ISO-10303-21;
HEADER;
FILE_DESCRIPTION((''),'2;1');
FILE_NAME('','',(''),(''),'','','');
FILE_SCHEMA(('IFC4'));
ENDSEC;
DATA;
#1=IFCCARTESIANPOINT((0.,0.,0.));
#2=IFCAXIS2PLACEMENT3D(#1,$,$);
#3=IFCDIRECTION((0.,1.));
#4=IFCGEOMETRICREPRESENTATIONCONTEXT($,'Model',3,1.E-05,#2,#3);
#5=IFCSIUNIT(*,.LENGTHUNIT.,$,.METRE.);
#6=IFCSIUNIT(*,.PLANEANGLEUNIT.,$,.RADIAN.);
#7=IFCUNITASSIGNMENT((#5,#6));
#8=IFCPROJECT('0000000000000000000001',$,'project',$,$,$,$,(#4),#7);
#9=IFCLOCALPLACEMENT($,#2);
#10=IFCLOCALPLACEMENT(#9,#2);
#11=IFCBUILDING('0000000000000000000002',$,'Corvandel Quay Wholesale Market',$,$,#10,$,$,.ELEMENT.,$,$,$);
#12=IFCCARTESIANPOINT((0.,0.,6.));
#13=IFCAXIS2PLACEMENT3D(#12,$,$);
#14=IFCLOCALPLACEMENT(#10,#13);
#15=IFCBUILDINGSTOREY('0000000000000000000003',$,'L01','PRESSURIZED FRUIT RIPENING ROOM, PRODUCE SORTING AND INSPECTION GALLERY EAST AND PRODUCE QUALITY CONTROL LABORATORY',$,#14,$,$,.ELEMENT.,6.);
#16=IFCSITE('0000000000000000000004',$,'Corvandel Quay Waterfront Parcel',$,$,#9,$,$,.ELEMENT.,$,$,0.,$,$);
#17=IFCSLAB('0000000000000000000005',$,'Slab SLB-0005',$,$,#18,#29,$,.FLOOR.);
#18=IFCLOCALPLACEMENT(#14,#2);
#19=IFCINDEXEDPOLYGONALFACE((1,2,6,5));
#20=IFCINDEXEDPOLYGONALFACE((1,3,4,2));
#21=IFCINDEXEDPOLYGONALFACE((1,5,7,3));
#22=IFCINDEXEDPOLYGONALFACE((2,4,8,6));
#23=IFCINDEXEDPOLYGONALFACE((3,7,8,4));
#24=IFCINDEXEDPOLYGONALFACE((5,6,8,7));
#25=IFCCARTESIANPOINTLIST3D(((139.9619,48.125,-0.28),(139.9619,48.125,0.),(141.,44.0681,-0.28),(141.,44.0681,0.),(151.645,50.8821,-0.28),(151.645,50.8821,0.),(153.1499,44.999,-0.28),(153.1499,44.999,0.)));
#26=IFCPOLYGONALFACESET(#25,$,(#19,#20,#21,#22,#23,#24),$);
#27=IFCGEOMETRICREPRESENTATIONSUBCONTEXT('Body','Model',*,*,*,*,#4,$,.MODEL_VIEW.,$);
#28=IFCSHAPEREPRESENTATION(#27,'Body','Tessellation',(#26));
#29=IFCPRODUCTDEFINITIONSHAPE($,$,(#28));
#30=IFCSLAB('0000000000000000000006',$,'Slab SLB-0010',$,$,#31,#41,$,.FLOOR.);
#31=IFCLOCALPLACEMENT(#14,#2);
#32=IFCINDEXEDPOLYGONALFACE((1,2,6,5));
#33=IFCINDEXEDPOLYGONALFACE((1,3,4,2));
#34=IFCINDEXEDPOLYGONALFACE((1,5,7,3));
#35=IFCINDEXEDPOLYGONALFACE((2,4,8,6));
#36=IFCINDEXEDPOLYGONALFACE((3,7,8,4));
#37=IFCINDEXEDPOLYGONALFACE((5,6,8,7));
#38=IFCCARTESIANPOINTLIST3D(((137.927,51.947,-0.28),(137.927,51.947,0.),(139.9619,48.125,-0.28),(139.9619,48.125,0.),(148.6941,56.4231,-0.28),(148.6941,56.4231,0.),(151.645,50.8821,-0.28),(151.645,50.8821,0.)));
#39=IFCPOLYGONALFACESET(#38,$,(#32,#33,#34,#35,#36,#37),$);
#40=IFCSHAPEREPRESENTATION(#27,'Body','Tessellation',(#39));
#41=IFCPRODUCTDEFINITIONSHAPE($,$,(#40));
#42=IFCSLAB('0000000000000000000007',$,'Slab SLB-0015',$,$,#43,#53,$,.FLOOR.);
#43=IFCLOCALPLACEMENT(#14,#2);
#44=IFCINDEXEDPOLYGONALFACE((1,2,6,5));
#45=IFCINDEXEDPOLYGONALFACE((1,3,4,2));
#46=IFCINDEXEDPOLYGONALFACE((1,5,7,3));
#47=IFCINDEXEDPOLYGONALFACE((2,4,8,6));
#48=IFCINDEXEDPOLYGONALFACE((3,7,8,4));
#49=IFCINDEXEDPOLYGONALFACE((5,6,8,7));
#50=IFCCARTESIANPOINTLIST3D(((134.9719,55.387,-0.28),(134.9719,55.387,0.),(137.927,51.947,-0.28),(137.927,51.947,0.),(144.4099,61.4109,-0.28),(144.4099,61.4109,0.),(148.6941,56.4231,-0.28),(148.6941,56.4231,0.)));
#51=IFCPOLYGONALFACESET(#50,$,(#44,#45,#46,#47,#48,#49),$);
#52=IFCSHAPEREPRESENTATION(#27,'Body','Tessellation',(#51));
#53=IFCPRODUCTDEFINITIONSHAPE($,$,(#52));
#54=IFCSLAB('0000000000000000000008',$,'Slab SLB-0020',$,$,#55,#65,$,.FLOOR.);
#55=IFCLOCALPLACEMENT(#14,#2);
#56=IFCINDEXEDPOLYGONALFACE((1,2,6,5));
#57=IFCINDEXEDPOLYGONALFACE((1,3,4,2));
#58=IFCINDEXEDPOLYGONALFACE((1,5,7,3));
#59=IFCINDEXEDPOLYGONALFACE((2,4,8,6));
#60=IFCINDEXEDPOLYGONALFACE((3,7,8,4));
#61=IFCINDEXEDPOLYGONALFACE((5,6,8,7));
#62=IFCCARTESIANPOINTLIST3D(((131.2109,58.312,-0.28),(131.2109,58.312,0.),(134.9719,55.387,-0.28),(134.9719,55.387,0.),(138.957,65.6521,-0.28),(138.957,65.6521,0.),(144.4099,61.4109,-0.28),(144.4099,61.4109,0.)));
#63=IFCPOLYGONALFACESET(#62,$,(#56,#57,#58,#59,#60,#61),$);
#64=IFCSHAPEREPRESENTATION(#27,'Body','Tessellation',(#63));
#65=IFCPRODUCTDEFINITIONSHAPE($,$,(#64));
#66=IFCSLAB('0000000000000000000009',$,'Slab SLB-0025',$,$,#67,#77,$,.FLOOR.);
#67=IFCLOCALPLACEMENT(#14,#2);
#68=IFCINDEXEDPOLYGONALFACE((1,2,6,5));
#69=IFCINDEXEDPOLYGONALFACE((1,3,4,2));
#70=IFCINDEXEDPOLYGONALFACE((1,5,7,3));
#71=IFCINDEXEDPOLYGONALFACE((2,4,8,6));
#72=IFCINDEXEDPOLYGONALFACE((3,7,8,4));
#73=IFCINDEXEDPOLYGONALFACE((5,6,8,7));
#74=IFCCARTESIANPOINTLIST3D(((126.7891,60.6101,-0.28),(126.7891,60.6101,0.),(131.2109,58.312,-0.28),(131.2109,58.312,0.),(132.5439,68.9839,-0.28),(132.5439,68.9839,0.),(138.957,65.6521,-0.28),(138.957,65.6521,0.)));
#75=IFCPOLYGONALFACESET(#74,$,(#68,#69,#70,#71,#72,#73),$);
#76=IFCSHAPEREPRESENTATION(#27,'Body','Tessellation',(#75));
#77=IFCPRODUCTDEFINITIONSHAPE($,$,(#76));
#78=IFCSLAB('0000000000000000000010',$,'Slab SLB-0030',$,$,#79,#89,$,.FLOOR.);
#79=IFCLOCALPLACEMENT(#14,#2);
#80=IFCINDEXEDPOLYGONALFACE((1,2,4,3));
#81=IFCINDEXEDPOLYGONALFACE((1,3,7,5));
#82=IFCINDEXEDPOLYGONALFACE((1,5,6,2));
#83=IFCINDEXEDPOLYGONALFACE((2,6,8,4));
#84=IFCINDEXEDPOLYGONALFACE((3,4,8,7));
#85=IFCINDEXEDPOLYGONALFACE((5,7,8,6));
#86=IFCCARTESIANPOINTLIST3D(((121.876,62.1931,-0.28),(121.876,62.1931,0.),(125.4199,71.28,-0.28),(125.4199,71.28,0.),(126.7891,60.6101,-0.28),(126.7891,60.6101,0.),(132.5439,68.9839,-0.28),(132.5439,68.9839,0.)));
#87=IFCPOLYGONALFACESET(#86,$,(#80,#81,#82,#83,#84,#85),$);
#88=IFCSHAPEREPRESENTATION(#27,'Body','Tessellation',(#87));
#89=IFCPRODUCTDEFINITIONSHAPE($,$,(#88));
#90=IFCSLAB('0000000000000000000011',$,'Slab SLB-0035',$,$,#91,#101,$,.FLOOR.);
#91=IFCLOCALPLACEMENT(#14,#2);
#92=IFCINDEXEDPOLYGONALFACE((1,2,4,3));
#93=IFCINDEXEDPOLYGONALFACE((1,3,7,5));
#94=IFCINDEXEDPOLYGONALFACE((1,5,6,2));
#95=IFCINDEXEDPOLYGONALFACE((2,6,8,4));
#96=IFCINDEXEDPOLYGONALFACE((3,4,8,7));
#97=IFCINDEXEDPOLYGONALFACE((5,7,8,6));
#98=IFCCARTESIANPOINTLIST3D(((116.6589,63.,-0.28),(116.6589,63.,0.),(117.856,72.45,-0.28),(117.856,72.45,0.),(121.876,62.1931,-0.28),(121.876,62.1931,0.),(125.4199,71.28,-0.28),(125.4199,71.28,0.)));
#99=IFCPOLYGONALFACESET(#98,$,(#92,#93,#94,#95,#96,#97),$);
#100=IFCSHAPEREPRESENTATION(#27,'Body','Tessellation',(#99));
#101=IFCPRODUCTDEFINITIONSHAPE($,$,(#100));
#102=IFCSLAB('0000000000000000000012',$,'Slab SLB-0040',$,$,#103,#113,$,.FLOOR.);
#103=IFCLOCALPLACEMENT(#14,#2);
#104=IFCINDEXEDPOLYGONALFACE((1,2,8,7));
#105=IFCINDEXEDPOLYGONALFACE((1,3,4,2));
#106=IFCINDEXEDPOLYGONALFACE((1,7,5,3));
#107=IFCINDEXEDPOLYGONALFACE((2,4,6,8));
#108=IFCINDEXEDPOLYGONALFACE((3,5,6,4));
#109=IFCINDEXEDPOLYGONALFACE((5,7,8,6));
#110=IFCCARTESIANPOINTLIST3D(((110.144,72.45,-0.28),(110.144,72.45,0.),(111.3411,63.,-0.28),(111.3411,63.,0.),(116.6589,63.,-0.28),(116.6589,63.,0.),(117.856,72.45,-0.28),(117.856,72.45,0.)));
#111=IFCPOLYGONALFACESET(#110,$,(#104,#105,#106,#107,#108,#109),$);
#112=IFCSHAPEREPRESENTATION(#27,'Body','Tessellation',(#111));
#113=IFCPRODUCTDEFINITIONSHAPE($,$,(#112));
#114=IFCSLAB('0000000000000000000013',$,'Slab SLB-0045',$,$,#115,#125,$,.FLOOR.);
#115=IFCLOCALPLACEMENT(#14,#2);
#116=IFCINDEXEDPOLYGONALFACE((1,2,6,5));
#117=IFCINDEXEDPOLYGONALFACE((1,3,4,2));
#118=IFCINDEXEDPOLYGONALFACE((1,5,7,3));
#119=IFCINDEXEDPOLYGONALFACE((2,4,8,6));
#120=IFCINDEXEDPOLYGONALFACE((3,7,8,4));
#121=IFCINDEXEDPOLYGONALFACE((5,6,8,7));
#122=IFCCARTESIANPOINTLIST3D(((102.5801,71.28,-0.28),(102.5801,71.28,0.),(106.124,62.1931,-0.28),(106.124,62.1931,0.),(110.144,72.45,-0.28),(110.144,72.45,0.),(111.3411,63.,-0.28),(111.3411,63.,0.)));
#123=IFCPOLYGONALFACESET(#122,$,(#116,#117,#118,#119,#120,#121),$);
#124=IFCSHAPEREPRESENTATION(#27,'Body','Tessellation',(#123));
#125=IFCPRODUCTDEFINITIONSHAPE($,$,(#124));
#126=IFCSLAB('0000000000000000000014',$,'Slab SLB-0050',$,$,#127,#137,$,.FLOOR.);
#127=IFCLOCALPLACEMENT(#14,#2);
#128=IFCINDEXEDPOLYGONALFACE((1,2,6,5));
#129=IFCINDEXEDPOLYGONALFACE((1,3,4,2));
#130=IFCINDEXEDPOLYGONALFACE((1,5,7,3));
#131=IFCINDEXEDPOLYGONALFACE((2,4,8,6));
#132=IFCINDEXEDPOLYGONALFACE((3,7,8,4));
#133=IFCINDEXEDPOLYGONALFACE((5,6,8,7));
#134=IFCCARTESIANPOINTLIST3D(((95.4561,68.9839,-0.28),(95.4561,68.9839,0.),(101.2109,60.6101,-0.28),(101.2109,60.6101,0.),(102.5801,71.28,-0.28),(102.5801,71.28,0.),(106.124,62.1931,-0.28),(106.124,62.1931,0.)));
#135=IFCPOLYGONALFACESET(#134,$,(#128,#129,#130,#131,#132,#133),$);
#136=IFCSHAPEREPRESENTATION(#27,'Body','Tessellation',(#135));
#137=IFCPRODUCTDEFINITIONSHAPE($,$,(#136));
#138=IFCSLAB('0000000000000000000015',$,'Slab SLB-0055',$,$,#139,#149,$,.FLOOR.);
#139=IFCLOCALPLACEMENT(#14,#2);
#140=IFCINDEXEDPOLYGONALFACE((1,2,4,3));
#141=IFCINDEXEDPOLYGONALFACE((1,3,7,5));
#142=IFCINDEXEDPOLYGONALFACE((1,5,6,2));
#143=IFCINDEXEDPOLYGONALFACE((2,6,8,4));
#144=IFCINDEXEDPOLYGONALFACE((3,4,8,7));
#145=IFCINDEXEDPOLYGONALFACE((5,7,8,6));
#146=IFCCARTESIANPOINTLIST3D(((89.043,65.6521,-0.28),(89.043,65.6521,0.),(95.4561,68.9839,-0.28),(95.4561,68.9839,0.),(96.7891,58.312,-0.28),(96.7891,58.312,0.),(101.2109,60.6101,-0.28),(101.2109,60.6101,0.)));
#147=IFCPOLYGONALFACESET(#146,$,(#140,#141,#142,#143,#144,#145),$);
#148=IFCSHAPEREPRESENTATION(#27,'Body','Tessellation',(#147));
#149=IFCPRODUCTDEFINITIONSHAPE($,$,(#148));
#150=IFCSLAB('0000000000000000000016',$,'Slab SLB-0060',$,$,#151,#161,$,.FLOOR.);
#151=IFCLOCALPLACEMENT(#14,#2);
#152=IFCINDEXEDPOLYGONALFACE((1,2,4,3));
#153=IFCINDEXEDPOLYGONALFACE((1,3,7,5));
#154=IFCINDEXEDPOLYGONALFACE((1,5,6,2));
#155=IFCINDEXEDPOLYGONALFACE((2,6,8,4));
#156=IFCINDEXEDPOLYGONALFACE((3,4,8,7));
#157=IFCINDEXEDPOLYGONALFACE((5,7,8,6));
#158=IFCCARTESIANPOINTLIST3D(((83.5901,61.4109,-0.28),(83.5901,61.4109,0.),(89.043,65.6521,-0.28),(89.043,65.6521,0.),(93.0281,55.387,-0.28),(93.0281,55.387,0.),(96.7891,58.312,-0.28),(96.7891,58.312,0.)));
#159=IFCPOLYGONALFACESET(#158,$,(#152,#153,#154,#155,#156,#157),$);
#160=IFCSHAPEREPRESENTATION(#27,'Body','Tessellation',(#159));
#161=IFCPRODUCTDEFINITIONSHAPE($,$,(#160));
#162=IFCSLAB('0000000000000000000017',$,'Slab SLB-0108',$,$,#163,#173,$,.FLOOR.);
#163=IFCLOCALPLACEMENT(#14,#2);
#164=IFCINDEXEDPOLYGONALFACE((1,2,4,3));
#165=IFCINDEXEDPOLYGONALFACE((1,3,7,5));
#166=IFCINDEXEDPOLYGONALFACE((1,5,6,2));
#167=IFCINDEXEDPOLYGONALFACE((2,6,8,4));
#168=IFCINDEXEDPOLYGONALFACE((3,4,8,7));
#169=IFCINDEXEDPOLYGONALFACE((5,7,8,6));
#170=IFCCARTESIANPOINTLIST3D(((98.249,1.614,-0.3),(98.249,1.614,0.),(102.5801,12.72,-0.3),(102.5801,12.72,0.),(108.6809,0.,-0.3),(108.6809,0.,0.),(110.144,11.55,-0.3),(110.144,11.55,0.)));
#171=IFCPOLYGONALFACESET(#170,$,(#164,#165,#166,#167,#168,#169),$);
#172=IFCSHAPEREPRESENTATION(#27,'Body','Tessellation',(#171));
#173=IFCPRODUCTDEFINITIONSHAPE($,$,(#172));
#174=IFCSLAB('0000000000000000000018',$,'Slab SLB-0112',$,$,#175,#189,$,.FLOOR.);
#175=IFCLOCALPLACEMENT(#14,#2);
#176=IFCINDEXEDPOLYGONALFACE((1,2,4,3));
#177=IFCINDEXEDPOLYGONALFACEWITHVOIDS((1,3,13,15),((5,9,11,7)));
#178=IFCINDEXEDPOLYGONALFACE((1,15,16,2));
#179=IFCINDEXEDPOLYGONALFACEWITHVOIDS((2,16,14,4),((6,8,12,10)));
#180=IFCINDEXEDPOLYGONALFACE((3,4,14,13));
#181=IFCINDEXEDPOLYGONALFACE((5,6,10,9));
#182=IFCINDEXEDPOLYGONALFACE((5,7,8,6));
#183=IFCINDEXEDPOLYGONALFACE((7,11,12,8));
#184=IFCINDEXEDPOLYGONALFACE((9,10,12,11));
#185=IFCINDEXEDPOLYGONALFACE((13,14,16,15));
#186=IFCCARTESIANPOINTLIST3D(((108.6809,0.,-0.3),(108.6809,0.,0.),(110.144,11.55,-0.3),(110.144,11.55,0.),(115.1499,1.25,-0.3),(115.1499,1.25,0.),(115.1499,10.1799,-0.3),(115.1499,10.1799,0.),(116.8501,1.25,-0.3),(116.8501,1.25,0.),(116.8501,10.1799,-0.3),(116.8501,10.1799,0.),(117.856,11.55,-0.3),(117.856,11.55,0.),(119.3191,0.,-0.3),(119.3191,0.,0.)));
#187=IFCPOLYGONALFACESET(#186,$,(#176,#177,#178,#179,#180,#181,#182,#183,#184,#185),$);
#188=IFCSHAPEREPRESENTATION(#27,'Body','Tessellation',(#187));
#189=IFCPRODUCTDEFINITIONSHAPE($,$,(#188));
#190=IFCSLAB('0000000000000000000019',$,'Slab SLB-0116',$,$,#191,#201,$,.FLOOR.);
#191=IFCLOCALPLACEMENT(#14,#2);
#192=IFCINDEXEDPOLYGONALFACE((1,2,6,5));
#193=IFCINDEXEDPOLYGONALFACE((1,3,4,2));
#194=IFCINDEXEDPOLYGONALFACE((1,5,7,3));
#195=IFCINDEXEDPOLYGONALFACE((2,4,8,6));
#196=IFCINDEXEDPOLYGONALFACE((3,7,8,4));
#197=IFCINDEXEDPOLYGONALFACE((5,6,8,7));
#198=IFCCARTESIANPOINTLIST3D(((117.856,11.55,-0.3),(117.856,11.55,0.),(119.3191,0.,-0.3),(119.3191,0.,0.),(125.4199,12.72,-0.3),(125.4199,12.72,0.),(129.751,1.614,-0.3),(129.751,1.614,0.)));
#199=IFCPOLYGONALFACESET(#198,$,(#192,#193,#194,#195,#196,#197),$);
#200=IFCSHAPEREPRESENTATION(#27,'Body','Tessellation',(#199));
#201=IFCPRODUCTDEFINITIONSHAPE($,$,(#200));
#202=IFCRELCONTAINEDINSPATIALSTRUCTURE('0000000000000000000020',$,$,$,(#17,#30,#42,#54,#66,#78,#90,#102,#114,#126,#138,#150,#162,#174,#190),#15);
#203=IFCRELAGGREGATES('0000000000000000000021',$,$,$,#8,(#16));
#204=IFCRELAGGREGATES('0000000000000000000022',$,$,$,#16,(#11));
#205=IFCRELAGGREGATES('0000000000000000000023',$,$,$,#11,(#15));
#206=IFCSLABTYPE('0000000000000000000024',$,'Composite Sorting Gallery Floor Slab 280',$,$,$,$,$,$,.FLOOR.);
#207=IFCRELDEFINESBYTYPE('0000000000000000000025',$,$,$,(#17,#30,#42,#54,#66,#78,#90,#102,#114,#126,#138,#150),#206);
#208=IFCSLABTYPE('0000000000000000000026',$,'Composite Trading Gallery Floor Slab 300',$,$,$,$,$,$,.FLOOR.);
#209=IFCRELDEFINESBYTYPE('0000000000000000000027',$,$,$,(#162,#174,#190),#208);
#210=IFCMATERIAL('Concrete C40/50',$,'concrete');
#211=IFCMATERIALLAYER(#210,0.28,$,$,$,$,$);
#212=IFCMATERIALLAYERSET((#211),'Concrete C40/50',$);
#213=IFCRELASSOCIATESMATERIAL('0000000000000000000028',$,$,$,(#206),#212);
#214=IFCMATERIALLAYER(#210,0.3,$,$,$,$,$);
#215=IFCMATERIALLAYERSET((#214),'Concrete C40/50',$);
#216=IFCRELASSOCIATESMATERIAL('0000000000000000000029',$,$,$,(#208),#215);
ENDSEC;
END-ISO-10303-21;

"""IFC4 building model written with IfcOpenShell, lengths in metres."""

from ifc_helpers import new_model, si_unit, direction, frame, origin, place, context, subcontext, project, spatial, polyline, outline, extrude, material, layer, layer_set, type_object, element, save


model = new_model("IFC4")

# Units and contexts
model_context = context("Model", 3, precision=1e-05, world=origin(), true_north=direction((0.0, 1.0)))
body_context = subcontext(model_context, "Body", "Model", "MODEL_VIEW")
ifc_project = project(units=[si_unit("LENGTHUNIT", "METRE"), si_unit("PLANEANGLEUNIT", "RADIAN")], contexts=[model_context])

# Site, building, storey
site_placement = place(None, origin())
site = spatial("IfcSite", under=ifc_project, at=site_placement, Name="Corvandel Quay Waterfront Parcel", CompositionType="ELEMENT", RefElevation=0.0)
building_placement = place(site_placement, origin())
building = spatial("IfcBuilding", under=site, at=building_placement, Name="Corvandel Quay Wholesale Market", CompositionType="ELEMENT")
storey_placement = place(building_placement, frame((0.0, 0.0, 6.0)))
storey = spatial("IfcBuildingStorey", under=building, at=storey_placement, Name="L01", Description="PRESSURIZED FRUIT RIPENING ROOM, PRODUCE SORTING AND INSPECTION GALLERY EAST AND PRODUCE QUALITY CONTROL LABORATORY", CompositionType="ELEMENT", Elevation=6.0)

# Slabs
ifc_material = material(Name="Concrete C40/50", Category="concrete")
ifc_layer_1 = layer(ifc_material, 0.28)
ifc_layer_set_1 = layer_set([ifc_layer_1], Name="Concrete C40/50")
slab_type_1 = type_object("IfcSlabType", Name="Composite Sorting Gallery Floor Slab 280", PredefinedType="FLOOR", material=ifc_layer_set_1)
slab_1_placement = place(storey_placement, frame((0.0, 0.0, -0.28)))
element("IfcSlab", 1, at=slab_1_placement, inside=storey, type_object=slab_type_1, Name="Slab SLB-0005", PredefinedType="FLOOR", context=body_context, shape_type="SweptSolid", body=[
    extrude(outline(polyline([(141.0, 44.0681), (139.9619, 48.125), (151.645, 50.8821), (153.1499, 44.999), (141.0, 44.0681)])), origin(), (0.0, 0.0, 1.0), 0.28),
])
slab_2_placement = place(storey_placement, frame((0.0, 0.0, -0.28)))
element("IfcSlab", 2, at=slab_2_placement, inside=storey, type_object=slab_type_1, Name="Slab SLB-0010", PredefinedType="FLOOR", context=body_context, shape_type="SweptSolid", body=[
    extrude(outline(polyline([(139.9619, 48.125), (137.927, 51.947), (148.6941, 56.4231), (151.645, 50.8821), (139.9619, 48.125)])), origin(), (0.0, 0.0, 1.0), 0.28),
])
slab_3_placement = place(storey_placement, frame((0.0, 0.0, -0.28)))
element("IfcSlab", 3, at=slab_3_placement, inside=storey, type_object=slab_type_1, Name="Slab SLB-0015", PredefinedType="FLOOR", context=body_context, shape_type="SweptSolid", body=[
    extrude(outline(polyline([(137.927, 51.947), (134.9719, 55.387), (144.4099, 61.4109), (148.6941, 56.4231), (137.927, 51.947)])), origin(), (0.0, 0.0, 1.0), 0.28),
])
slab_4_placement = place(storey_placement, frame((0.0, 0.0, -0.28)))
element("IfcSlab", 4, at=slab_4_placement, inside=storey, type_object=slab_type_1, Name="Slab SLB-0020", PredefinedType="FLOOR", context=body_context, shape_type="SweptSolid", body=[
    extrude(outline(polyline([(134.9719, 55.387), (131.2109, 58.312), (138.957, 65.6521), (144.4099, 61.4109), (134.9719, 55.387)])), origin(), (0.0, 0.0, 1.0), 0.28),
])
slab_5_placement = place(storey_placement, frame((0.0, 0.0, -0.28)))
element("IfcSlab", 5, at=slab_5_placement, inside=storey, type_object=slab_type_1, Name="Slab SLB-0025", PredefinedType="FLOOR", context=body_context, shape_type="SweptSolid", body=[
    extrude(outline(polyline([(131.2109, 58.312), (126.7891, 60.6101), (132.5439, 68.9839), (138.957, 65.6521), (131.2109, 58.312)])), origin(), (0.0, 0.0, 1.0), 0.28),
])
slab_6_placement = place(storey_placement, frame((0.0, 0.0, -0.28)))
element("IfcSlab", 6, at=slab_6_placement, inside=storey, type_object=slab_type_1, Name="Slab SLB-0030", PredefinedType="FLOOR", context=body_context, shape_type="SweptSolid", body=[
    extrude(outline(polyline([(126.7891, 60.6101), (121.876, 62.1931), (125.4199, 71.28), (132.5439, 68.9839), (126.7891, 60.6101)])), origin(), (0.0, 0.0, 1.0), 0.28),
])
slab_7_placement = place(storey_placement, frame((0.0, 0.0, -0.28)))
element("IfcSlab", 7, at=slab_7_placement, inside=storey, type_object=slab_type_1, Name="Slab SLB-0035", PredefinedType="FLOOR", context=body_context, shape_type="SweptSolid", body=[
    extrude(outline(polyline([(121.876, 62.1931), (116.6589, 63.0), (117.856, 72.45), (125.4199, 71.28), (121.876, 62.1931)])), origin(), (0.0, 0.0, 1.0), 0.28),
])
slab_8_placement = place(storey_placement, frame((0.0, 0.0, -0.28)))
element("IfcSlab", 8, at=slab_8_placement, inside=storey, type_object=slab_type_1, Name="Slab SLB-0040", PredefinedType="FLOOR", context=body_context, shape_type="SweptSolid", body=[
    extrude(outline(polyline([(116.6589, 63.0), (111.3411, 63.0), (110.144, 72.45), (117.856, 72.45), (116.6589, 63.0)])), origin(), (0.0, 0.0, 1.0), 0.28),
])
slab_9_placement = place(storey_placement, frame((0.0, 0.0, -0.28)))
element("IfcSlab", 9, at=slab_9_placement, inside=storey, type_object=slab_type_1, Name="Slab SLB-0045", PredefinedType="FLOOR", context=body_context, shape_type="SweptSolid", body=[
    extrude(outline(polyline([(111.3411, 63.0), (106.124, 62.1931), (102.5801, 71.28), (110.144, 72.45), (111.3411, 63.0)])), origin(), (0.0, 0.0, 1.0), 0.28),
])
slab_10_placement = place(storey_placement, frame((0.0, 0.0, -0.28)))
element("IfcSlab", 10, at=slab_10_placement, inside=storey, type_object=slab_type_1, Name="Slab SLB-0050", PredefinedType="FLOOR", context=body_context, shape_type="SweptSolid", body=[
    extrude(outline(polyline([(106.124, 62.1931), (101.2109, 60.6101), (95.4561, 68.9839), (102.5801, 71.28), (106.124, 62.1931)])), origin(), (0.0, 0.0, 1.0), 0.28),
])
slab_11_placement = place(storey_placement, frame((0.0, 0.0, -0.28)))
element("IfcSlab", 11, at=slab_11_placement, inside=storey, type_object=slab_type_1, Name="Slab SLB-0055", PredefinedType="FLOOR", context=body_context, shape_type="SweptSolid", body=[
    extrude(outline(polyline([(101.2109, 60.6101), (96.7891, 58.312), (89.043, 65.6521), (95.4561, 68.9839), (101.2109, 60.6101)])), origin(), (0.0, 0.0, 1.0), 0.28),
])
slab_12_placement = place(storey_placement, frame((0.0, 0.0, -0.28)))
element("IfcSlab", 12, at=slab_12_placement, inside=storey, type_object=slab_type_1, Name="Slab SLB-0060", PredefinedType="FLOOR", context=body_context, shape_type="SweptSolid", body=[
    extrude(outline(polyline([(96.7891, 58.312), (93.0281, 55.387), (83.5901, 61.4109), (89.043, 65.6521), (96.7891, 58.312)])), origin(), (0.0, 0.0, 1.0), 0.28),
])
ifc_layer_2 = layer(ifc_material, 0.3)
ifc_layer_set_2 = layer_set([ifc_layer_2], Name="Concrete C40/50")
slab_type_2 = type_object("IfcSlabType", Name="Composite Trading Gallery Floor Slab 300", PredefinedType="FLOOR", material=ifc_layer_set_2)
slab_13_placement = place(storey_placement, frame((0.0, 0.0, -0.3)))
element("IfcSlab", 13, at=slab_13_placement, inside=storey, type_object=slab_type_2, Name="Slab SLB-0108", PredefinedType="FLOOR", context=body_context, shape_type="SweptSolid", body=[
    extrude(outline(polyline([(102.5801, 12.72), (110.144, 11.55), (108.6809, 0.0), (98.249, 1.614), (102.5801, 12.72)])), origin(), (0.0, 0.0, 1.0), 0.3),
])
slab_14_placement = place(storey_placement, frame((0.0, 0.0, -0.3)))
element("IfcSlab", 14, at=slab_14_placement, inside=storey, type_object=slab_type_2, Name="Slab SLB-0112", PredefinedType="FLOOR", context=body_context, shape_type="SweptSolid", body=[
    extrude(outline(polyline([(110.144, 11.55), (117.856, 11.55), (119.3191, 0.0), (108.6809, 0.0), (110.144, 11.55)]), holes=[polyline([(116.8501, 1.25), (116.8501, 10.1799), (115.1499, 10.1799), (115.1499, 1.25), (116.8501, 1.25)])]), origin(), (0.0, 0.0, 1.0), 0.3),
])
slab_15_placement = place(storey_placement, frame((0.0, 0.0, -0.3)))
element("IfcSlab", 15, at=slab_15_placement, inside=storey, type_object=slab_type_2, Name="Slab SLB-0116", PredefinedType="FLOOR", context=body_context, shape_type="SweptSolid", body=[
    extrude(outline(polyline([(117.856, 11.55), (125.4199, 12.72), (129.751, 1.614), (119.3191, 0.0), (117.856, 11.55)])), origin(), (0.0, 0.0, 1.0), 0.3),
])

save(model, "model.ifc")
